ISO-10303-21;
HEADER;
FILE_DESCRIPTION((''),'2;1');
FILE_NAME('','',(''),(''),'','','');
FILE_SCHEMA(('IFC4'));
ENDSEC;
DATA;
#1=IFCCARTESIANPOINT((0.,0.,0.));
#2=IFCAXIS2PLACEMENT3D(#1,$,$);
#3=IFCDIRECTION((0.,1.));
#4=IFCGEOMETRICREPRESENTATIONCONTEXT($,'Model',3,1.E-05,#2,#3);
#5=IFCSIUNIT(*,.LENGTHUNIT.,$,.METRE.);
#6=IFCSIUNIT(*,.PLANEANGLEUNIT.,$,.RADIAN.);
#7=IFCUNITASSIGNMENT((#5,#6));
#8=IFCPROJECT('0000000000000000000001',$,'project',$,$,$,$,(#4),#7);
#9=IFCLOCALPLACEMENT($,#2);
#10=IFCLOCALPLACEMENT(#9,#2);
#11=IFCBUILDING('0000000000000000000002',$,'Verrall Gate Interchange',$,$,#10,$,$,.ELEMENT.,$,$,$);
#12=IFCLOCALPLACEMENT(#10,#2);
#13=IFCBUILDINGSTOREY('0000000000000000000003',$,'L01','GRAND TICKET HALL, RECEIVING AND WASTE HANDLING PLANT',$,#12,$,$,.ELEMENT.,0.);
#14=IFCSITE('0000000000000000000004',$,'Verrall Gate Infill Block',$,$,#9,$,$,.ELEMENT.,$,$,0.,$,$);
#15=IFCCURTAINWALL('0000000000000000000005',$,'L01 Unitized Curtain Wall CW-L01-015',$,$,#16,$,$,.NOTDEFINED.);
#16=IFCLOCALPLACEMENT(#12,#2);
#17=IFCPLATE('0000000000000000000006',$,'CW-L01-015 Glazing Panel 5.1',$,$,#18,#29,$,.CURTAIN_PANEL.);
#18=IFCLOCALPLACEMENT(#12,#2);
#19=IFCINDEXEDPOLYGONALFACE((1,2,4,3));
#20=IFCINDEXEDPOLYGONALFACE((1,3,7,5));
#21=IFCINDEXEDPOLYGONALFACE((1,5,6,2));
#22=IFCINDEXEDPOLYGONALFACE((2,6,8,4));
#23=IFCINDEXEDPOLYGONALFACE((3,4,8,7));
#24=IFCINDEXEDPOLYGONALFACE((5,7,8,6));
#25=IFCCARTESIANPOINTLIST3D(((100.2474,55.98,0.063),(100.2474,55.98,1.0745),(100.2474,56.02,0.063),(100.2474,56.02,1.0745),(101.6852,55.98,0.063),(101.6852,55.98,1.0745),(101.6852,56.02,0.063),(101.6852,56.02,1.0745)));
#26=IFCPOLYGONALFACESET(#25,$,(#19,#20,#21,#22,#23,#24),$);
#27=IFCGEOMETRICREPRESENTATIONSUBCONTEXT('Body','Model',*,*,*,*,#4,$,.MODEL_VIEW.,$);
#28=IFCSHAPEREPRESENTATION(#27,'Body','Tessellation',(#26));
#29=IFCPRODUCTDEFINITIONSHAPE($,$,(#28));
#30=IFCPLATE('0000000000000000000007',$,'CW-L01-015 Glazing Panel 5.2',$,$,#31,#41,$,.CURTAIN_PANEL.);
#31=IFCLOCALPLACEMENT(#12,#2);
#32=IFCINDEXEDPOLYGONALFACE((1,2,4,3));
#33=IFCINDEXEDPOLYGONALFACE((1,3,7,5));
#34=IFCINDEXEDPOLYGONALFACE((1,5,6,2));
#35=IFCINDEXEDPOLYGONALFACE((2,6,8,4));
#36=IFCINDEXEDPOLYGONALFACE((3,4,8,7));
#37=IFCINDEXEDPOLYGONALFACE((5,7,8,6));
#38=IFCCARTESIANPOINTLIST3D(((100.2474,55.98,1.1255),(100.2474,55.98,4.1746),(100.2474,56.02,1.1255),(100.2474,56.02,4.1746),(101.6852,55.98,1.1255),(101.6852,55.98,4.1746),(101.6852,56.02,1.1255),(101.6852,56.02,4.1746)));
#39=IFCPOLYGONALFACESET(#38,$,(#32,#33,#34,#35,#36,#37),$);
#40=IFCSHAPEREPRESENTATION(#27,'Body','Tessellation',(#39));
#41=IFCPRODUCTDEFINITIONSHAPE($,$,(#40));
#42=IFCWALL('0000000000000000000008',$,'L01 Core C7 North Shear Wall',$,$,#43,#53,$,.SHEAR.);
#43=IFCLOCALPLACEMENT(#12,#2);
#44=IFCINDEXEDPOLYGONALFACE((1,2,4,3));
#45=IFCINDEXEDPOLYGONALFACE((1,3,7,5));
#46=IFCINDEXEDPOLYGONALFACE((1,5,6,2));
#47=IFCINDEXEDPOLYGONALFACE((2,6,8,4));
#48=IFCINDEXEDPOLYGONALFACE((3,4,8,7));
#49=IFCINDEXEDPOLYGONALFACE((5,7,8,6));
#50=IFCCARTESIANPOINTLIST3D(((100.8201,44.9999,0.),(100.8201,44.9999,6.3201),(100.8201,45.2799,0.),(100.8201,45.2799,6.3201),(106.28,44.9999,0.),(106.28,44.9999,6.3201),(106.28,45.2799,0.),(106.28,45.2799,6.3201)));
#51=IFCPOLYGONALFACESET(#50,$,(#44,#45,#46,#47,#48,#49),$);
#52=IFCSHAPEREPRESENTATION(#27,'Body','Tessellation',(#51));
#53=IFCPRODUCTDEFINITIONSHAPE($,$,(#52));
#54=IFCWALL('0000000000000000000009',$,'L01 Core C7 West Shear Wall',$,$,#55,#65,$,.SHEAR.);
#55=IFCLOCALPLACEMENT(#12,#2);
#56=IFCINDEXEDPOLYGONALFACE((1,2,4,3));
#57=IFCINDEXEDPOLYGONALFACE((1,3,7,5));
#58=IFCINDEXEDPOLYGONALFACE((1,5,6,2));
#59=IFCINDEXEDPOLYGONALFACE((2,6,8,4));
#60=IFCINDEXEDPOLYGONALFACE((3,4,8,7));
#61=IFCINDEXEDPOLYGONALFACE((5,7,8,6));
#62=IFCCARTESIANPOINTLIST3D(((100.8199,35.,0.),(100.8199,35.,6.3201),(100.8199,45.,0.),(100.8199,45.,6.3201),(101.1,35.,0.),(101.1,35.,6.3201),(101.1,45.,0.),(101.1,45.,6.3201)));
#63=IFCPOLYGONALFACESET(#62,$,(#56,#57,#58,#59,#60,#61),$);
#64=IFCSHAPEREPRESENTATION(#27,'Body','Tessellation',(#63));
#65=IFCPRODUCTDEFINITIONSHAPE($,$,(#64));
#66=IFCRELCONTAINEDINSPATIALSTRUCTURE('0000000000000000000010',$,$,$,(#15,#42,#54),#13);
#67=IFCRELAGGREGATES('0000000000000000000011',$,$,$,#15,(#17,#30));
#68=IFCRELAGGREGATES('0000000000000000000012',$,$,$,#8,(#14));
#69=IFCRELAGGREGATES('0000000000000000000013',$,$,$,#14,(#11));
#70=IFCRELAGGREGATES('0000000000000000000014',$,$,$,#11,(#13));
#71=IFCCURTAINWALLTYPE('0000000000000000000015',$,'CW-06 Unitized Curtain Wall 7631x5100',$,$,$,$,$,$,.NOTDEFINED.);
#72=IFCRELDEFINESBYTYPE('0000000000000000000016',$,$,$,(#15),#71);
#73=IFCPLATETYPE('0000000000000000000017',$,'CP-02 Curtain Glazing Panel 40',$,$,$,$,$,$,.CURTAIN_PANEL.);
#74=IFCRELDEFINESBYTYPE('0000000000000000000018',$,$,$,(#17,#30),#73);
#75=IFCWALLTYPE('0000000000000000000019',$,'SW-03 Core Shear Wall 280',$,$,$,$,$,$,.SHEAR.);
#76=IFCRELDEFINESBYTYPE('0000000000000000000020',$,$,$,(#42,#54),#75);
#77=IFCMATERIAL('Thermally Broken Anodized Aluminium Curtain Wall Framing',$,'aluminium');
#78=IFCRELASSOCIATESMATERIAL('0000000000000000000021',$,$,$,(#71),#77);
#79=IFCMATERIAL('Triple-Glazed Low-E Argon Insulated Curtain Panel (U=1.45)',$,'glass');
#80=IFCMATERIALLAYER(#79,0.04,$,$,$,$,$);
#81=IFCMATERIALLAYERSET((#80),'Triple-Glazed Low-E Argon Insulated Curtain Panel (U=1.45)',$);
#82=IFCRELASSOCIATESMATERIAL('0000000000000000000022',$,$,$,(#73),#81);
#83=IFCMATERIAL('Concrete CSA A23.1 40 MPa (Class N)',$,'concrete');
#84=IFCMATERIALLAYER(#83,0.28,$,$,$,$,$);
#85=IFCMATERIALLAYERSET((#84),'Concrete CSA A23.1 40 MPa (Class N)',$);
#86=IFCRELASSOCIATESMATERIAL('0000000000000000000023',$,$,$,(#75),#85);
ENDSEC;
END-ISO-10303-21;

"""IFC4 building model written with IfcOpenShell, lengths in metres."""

from ifc_helpers import new_model, si_unit, direction, frame, frame_2d, origin, origin_2d, place, context, subcontext, project, spatial, rectangle, extrude, material, layer, layer_set, type_object, element, aggregate, save


model = new_model("IFC4")

# Units and contexts
model_context = context("Model", 3, precision=1e-05, world=origin(), true_north=direction((0.0, 1.0)))
body_context = subcontext(model_context, "Body", "Model", "MODEL_VIEW")
ifc_project = project(units=[si_unit("LENGTHUNIT", "METRE"), si_unit("PLANEANGLEUNIT", "RADIAN")], contexts=[model_context])

# Site, building, storey
site_placement = place(None, origin())
site = spatial("IfcSite", under=ifc_project, at=site_placement, Name="Verrall Gate Infill Block", CompositionType="ELEMENT", RefElevation=0.0)
building_placement = place(site_placement, origin())
building = spatial("IfcBuilding", under=site, at=building_placement, Name="Verrall Gate Interchange", CompositionType="ELEMENT")
storey_placement = place(building_placement, origin())
storey = spatial("IfcBuildingStorey", under=building, at=storey_placement, Name="L01", Description="GRAND TICKET HALL, RECEIVING AND WASTE HANDLING PLANT", CompositionType="ELEMENT", Elevation=0.0)

# Curtain wall
ifc_material_1 = material(Name="Thermally Broken Anodized Aluminium Curtain Wall Framing", Category="aluminium")
curtain_wall_type_1 = type_object("IfcCurtainWallType", Name="CW-06 Unitized Curtain Wall 7631x5100", PredefinedType="NOTDEFINED", material=ifc_material_1)
curtain_wall_1_placement = place(storey_placement, origin())
curtain_wall_1 = element("IfcCurtainWall", 1, at=curtain_wall_1_placement, inside=storey, type_object=curtain_wall_type_1, Name="L01 Unitized Curtain Wall CW-L01-015", PredefinedType="NOTDEFINED")

# Plates
ifc_material_2 = material(Name="Triple-Glazed Low-E Argon Insulated Curtain Panel (U=1.45)", Category="glass")
ifc_layer_1 = layer(ifc_material_2, 0.04)
ifc_layer_set_1 = layer_set([ifc_layer_1], Name="Triple-Glazed Low-E Argon Insulated Curtain Panel (U=1.45)")
plate_type_1 = type_object("IfcPlateType", Name="CP-02 Curtain Glazing Panel 40", PredefinedType="CURTAIN_PANEL", material=ifc_layer_set_1)
plate_1_placement = place(storey_placement, frame((100.9663, 56.0, 0.063), z_axis=(0.0, 0.0, 1.0), x_axis=(-1.0, 0.0, 0.0)))
plate_1 = element("IfcPlate", 2, at=plate_1_placement, type_object=plate_type_1, Name="CW-L01-015 Glazing Panel 5.1", PredefinedType="CURTAIN_PANEL", context=body_context, shape_type="SweptSolid", body=[
    extrude(rectangle(XDim=1.4377, YDim=0.04, at=origin_2d()), origin(), (0.0, 0.0, 1.0), 1.0115),
])
plate_2_placement = place(storey_placement, frame((100.9663, 56.0, 1.1255), z_axis=(0.0, 0.0, 1.0), x_axis=(-1.0, 0.0, 0.0)))
plate_2 = element("IfcPlate", 3, at=plate_2_placement, type_object=plate_type_1, Name="CW-L01-015 Glazing Panel 5.2", PredefinedType="CURTAIN_PANEL", context=body_context, shape_type="SweptSolid", body=[
    extrude(rectangle(XDim=1.4377, YDim=0.04, at=origin_2d()), origin(), (0.0, 0.0, 1.0), 3.0491),
])
aggregate(curtain_wall_1, [plate_1, plate_2])

# Walls
ifc_material_3 = material(Name="Concrete CSA A23.1 40 MPa (Class N)", Category="concrete")
ifc_layer_2 = layer(ifc_material_3, 0.28)
ifc_layer_set_2 = layer_set([ifc_layer_2], Name="Concrete CSA A23.1 40 MPa (Class N)")
wall_type = type_object("IfcWallType", Name="SW-03 Core Shear Wall 280", PredefinedType="SHEAR", material=ifc_layer_set_2)
wall_1_placement = place(storey_placement, frame((106.28, 45.1399, 0.0), z_axis=(0.0, 0.0, 1.0), x_axis=(-1.0, 0.0, 0.0)))
element("IfcWall", 4, at=wall_1_placement, inside=storey, type_object=wall_type, Name="L01 Core C7 North Shear Wall", PredefinedType="SHEAR", context=body_context, shape_type="SweptSolid", body=[
    extrude(rectangle(XDim=5.46, YDim=0.28, at=frame_2d((2.73, 0.0))), origin(), (0.0, 0.0, 1.0), 6.3201),
])
wall_2_placement = place(storey_placement, frame((100.96, 45.0, 0.0), z_axis=(0.0, 0.0, 1.0), x_axis=(0.0, -1.0, 0.0)))
element("IfcWall", 5, at=wall_2_placement, inside=storey, type_object=wall_type, Name="L01 Core C7 West Shear Wall", PredefinedType="SHEAR", context=body_context, shape_type="SweptSolid", body=[
    extrude(rectangle(XDim=10.0, YDim=0.28, at=frame_2d((5.0, 0.0))), origin(), (0.0, 0.0, 1.0), 6.3201),
])

save(model, "model.ifc")
